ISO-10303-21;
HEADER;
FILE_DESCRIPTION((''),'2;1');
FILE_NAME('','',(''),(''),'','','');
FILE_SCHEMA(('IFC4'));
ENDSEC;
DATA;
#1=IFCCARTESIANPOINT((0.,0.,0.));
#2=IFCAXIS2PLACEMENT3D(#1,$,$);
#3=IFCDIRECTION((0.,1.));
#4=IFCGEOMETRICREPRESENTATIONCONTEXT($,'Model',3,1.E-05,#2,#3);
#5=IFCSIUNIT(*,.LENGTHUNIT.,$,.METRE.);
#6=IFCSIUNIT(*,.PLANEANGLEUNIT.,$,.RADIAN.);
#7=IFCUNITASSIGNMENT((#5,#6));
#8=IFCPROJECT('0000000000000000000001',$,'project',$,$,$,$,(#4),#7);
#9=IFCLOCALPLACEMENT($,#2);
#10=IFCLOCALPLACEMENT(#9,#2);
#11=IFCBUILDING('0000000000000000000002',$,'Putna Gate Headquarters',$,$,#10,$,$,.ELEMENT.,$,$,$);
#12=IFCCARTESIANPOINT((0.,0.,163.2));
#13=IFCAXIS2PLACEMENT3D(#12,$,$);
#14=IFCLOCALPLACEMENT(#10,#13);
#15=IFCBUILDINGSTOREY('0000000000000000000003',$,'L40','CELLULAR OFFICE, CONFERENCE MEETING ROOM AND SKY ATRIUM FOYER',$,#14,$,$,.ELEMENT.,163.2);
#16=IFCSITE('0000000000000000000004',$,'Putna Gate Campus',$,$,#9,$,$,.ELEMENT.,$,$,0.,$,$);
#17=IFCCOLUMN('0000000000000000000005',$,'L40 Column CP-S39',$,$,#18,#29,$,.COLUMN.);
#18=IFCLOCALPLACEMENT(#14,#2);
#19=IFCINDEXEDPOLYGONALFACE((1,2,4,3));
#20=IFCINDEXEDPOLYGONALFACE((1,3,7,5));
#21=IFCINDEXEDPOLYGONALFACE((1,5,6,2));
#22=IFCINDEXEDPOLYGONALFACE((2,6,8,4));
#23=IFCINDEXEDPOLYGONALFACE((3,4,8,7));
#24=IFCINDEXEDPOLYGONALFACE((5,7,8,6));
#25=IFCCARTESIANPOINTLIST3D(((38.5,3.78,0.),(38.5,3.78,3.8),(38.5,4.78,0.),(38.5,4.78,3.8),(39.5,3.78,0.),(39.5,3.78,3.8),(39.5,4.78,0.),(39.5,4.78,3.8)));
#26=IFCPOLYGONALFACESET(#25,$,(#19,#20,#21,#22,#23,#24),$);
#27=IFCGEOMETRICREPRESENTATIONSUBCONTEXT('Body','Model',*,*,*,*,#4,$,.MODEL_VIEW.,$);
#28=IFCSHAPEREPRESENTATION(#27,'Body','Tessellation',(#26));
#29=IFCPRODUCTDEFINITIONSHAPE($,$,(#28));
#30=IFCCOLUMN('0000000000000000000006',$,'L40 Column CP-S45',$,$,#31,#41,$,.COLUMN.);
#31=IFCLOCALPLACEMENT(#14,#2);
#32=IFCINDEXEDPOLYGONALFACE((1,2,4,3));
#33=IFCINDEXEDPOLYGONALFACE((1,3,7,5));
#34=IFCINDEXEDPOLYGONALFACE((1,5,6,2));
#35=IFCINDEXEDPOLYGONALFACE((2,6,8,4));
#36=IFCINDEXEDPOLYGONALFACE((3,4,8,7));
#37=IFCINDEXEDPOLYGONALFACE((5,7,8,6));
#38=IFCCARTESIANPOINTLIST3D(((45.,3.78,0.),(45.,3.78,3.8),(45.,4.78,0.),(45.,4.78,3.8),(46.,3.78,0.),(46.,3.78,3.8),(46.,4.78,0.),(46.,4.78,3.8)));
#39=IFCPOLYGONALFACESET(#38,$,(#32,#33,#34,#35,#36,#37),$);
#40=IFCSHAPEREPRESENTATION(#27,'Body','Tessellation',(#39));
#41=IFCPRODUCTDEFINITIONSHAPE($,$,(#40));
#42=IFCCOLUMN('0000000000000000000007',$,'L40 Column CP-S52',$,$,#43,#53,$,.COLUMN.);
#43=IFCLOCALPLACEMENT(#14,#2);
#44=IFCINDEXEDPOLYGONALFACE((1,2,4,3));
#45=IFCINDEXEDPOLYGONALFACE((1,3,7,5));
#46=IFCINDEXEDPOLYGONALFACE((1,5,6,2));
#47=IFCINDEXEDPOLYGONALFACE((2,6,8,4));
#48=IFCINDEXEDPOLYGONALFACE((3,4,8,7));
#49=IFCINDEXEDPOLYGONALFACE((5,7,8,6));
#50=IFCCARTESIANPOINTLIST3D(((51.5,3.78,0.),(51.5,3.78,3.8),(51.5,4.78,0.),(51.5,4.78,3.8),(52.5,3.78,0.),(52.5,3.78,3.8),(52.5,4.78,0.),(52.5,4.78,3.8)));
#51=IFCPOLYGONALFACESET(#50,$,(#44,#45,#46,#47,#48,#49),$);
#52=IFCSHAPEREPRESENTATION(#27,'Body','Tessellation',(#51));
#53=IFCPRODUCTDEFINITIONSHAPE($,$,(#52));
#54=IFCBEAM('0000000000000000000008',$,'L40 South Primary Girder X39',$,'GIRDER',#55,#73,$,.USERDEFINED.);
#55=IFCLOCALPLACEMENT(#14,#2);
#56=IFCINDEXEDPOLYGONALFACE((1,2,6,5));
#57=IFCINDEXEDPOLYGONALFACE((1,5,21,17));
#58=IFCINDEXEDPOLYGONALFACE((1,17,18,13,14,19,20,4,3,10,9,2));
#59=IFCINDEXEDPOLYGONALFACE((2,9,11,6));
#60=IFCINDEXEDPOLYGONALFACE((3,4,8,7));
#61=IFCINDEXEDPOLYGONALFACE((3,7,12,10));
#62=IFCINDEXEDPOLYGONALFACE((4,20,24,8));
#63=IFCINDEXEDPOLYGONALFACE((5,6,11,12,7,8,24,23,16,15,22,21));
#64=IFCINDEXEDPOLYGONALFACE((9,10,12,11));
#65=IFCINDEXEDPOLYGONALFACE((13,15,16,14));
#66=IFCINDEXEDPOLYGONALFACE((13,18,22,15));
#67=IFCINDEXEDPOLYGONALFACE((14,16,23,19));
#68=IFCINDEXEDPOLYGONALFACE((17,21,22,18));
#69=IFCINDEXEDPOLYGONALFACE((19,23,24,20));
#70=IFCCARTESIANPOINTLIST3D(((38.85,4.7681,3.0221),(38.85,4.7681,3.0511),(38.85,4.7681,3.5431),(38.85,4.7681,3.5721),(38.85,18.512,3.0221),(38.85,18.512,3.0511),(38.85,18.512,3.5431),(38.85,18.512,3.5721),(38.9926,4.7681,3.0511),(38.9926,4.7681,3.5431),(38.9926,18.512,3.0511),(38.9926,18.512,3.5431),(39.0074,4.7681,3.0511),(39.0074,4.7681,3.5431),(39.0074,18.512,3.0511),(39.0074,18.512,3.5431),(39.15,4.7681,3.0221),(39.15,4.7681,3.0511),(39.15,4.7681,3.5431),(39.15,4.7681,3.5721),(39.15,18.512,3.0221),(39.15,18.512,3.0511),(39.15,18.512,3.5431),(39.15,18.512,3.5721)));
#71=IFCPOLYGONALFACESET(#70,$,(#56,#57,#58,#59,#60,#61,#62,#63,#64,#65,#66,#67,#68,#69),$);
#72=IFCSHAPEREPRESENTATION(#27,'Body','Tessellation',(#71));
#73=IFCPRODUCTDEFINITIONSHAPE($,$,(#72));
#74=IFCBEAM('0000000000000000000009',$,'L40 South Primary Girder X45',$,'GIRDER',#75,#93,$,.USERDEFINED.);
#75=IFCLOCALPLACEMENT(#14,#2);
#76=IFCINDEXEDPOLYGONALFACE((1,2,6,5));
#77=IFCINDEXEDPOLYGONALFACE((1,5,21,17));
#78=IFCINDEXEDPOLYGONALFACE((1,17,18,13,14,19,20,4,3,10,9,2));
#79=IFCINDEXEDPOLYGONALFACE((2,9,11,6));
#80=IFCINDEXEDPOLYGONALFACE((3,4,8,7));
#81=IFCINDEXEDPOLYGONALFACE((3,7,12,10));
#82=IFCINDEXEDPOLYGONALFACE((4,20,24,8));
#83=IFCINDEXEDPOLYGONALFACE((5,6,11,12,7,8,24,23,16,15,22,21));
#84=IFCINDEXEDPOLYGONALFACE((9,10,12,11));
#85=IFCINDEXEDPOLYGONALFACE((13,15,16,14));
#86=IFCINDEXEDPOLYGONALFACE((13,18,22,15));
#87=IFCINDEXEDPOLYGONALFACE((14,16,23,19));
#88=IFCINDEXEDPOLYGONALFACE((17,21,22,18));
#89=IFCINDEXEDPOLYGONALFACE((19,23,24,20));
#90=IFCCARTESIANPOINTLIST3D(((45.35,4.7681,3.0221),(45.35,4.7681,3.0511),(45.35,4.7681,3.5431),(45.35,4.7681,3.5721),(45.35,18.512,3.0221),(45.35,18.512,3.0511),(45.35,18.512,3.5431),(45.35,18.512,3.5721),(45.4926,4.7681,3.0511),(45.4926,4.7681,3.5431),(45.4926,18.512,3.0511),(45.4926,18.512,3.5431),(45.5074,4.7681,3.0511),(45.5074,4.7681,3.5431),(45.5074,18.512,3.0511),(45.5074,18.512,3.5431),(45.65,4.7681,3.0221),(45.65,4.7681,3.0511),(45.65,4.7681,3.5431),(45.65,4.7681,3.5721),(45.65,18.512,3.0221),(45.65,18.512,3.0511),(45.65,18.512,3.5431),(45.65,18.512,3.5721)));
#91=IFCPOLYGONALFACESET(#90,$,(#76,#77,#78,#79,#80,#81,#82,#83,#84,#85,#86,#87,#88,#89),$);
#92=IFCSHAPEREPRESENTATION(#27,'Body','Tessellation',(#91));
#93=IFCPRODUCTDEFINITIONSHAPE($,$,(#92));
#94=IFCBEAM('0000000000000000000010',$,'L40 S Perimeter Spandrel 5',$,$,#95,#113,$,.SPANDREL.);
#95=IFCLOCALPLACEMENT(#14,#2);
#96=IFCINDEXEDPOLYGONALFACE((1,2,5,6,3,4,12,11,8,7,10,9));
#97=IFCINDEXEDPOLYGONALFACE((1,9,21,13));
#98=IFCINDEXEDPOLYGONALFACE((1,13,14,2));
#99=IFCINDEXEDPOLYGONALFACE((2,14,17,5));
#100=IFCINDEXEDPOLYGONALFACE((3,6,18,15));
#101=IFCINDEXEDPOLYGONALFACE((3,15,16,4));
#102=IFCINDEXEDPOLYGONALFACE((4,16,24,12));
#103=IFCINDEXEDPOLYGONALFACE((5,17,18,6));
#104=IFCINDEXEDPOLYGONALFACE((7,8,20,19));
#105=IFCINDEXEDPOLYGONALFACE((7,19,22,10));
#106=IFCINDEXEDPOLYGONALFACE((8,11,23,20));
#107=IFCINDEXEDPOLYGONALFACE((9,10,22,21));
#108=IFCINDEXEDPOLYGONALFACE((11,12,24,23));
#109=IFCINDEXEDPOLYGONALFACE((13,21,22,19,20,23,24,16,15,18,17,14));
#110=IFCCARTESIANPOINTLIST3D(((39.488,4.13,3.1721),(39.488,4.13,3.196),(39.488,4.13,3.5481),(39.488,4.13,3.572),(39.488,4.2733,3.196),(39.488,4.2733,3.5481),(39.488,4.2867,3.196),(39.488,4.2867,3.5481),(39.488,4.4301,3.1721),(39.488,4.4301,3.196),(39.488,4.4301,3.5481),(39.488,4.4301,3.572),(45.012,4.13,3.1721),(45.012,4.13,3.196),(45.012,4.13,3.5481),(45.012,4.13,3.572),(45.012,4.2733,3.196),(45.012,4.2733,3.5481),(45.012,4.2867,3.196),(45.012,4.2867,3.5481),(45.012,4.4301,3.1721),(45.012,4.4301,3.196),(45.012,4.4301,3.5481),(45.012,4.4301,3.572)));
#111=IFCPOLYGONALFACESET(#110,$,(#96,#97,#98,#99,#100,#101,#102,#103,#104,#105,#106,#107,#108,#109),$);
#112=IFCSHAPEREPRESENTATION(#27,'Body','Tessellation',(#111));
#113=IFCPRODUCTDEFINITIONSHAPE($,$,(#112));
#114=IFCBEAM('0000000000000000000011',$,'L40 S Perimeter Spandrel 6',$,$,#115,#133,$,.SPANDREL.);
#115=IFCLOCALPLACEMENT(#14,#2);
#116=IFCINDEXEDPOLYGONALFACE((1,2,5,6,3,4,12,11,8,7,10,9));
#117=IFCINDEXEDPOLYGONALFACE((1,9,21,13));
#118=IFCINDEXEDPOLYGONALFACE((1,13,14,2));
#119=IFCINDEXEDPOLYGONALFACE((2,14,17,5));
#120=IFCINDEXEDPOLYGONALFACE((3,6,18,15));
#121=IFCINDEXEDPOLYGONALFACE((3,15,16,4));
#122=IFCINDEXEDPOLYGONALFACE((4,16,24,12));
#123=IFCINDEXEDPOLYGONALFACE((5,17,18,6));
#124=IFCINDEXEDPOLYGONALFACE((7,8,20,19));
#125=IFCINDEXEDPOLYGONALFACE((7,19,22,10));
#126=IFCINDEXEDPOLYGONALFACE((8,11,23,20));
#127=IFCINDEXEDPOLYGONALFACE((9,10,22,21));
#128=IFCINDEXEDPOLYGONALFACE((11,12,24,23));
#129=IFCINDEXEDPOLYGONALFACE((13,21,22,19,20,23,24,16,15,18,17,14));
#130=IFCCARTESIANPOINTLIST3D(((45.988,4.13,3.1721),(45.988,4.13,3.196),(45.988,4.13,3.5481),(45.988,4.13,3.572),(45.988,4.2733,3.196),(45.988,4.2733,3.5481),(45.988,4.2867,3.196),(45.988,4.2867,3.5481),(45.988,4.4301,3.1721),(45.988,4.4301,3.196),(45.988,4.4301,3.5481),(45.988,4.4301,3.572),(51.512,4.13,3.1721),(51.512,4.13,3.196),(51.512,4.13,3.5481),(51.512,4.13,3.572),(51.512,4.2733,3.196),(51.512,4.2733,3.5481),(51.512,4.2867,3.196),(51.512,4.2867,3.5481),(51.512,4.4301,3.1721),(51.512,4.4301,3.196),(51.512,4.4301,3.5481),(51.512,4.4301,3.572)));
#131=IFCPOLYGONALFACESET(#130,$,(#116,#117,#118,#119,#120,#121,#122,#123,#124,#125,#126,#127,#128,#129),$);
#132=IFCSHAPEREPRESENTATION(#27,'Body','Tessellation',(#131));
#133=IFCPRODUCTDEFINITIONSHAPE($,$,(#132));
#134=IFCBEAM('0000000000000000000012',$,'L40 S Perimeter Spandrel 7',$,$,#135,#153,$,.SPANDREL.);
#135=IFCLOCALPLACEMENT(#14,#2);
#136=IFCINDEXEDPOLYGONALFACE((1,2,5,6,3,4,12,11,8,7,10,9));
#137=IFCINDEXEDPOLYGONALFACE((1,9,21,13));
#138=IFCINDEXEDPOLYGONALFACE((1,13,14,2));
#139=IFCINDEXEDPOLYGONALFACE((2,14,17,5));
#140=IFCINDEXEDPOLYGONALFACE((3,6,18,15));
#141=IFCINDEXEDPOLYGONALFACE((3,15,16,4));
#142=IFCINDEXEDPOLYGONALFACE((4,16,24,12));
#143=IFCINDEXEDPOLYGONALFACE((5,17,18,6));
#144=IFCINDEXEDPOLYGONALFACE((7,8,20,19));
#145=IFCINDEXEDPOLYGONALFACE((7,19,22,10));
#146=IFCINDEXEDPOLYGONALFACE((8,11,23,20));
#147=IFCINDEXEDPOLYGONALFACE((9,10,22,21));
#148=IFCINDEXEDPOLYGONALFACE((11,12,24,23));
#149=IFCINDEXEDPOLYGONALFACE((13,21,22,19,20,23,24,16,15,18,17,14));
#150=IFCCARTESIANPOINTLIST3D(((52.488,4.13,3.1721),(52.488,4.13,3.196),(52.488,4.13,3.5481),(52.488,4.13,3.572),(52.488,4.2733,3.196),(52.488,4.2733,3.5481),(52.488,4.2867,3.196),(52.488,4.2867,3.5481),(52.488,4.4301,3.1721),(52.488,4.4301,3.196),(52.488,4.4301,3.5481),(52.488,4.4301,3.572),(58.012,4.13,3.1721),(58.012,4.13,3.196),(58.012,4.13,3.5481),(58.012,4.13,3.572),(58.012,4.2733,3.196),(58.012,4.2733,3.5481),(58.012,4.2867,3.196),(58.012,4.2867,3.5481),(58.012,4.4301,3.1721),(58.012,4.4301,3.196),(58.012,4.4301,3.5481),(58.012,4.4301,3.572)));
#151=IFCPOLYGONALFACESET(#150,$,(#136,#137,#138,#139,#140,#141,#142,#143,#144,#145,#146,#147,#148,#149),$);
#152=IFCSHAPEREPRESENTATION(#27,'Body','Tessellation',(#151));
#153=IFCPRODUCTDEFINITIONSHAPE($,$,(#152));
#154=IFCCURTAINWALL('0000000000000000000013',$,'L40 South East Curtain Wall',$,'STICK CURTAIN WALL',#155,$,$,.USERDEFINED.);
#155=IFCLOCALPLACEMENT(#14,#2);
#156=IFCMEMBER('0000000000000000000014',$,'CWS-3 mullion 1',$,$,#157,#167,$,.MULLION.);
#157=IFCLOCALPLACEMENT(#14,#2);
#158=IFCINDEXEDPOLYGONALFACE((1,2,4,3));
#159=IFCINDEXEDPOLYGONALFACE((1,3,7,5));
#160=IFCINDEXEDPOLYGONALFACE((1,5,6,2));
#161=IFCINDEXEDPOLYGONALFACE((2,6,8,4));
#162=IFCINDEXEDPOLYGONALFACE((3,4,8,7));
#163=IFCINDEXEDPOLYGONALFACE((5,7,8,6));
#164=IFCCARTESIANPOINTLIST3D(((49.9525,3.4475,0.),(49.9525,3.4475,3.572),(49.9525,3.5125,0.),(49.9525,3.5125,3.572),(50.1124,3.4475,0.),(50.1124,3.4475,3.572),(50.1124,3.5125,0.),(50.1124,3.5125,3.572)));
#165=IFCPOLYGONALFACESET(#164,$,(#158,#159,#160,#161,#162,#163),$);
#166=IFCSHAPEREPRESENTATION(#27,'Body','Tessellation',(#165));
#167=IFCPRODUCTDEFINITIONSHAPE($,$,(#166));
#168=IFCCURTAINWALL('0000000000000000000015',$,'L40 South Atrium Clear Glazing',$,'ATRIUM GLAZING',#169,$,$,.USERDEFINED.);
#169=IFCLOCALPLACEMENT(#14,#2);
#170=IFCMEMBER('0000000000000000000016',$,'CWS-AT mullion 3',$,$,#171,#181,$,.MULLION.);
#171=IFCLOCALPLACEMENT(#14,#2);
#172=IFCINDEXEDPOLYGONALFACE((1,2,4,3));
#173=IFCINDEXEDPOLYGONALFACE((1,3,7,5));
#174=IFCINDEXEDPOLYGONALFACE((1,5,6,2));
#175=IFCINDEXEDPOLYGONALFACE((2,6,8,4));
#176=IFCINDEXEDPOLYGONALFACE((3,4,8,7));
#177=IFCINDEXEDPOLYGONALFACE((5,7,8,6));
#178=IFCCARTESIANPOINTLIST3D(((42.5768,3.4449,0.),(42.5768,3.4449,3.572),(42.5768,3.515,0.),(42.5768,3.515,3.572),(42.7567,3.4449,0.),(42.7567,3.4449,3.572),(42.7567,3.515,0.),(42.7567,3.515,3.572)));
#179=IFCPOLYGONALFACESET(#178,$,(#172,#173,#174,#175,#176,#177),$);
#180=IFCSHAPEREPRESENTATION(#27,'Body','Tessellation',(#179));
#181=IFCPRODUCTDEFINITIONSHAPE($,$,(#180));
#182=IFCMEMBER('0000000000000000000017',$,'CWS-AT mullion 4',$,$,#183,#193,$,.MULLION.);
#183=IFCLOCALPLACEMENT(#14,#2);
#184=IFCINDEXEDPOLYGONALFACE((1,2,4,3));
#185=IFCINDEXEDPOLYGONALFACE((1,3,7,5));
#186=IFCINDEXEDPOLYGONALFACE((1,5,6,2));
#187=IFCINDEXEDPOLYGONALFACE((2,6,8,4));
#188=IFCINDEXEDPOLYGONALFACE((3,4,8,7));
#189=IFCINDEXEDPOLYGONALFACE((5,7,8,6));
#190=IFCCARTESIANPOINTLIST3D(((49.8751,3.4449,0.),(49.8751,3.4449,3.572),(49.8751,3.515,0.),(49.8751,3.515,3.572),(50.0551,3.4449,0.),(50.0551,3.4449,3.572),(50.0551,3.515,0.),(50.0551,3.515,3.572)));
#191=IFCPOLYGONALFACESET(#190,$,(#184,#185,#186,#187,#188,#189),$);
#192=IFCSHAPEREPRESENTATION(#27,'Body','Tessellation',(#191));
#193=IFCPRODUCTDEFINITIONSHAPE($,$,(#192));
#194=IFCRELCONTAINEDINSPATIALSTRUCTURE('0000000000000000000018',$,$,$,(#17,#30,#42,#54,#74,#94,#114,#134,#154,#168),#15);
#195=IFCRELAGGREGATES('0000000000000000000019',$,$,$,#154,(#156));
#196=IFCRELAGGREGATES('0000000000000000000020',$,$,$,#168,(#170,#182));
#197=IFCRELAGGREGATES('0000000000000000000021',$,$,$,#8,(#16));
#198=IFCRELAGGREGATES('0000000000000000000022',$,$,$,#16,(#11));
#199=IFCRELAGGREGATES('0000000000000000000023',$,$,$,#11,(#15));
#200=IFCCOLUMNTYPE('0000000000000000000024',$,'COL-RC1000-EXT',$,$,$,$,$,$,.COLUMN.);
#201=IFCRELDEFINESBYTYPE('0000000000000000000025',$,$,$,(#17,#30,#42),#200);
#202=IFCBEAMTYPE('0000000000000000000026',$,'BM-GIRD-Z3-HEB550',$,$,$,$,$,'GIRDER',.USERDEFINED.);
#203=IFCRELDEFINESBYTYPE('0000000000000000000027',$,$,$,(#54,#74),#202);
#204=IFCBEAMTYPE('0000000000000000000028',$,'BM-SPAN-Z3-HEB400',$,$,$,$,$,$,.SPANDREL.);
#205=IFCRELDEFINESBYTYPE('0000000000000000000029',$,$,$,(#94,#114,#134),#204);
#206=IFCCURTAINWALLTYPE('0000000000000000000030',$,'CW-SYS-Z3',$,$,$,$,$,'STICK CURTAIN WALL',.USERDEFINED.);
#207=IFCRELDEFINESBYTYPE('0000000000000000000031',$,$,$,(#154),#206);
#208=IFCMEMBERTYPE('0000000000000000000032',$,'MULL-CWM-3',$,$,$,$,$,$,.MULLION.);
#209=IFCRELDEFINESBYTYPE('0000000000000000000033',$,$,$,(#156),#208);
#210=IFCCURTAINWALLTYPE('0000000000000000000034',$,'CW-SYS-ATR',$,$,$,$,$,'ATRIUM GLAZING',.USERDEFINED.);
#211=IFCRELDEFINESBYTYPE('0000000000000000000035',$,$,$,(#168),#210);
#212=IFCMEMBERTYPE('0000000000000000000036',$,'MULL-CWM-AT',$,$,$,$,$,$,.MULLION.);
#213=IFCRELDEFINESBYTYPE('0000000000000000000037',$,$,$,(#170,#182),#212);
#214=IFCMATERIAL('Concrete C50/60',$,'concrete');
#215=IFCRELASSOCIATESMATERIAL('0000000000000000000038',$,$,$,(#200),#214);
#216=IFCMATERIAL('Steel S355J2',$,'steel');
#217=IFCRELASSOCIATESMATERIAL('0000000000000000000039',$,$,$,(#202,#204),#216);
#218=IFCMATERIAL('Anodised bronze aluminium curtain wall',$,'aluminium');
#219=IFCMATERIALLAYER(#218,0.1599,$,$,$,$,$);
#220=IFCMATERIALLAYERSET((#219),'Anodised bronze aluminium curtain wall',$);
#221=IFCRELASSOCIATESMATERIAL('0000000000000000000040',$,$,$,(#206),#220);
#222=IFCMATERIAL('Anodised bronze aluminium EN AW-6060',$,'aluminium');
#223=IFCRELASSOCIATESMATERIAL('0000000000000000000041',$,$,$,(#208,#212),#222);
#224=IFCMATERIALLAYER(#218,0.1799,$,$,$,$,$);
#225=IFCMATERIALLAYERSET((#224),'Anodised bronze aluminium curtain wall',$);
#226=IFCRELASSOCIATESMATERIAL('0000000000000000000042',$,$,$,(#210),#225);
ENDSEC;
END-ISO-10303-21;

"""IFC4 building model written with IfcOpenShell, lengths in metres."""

from ifc_helpers import new_model, si_unit, direction, frame, origin, origin_2d, place, context, subcontext, project, spatial, rectangle, i_section, extrude, material, layer, layer_set, material_profile, profile_set, type_object, element, aggregate, save


model = new_model("IFC4")

# Units and contexts
model_context = context("Model", 3, precision=1e-05, world=origin(), true_north=direction((0.0, 1.0)))
body_context = subcontext(model_context, "Body", "Model", "MODEL_VIEW")
ifc_project = project(units=[si_unit("LENGTHUNIT", "METRE"), si_unit("PLANEANGLEUNIT", "RADIAN")], contexts=[model_context])

# Site, building, storey
site_placement = place(None, origin())
site = spatial("IfcSite", under=ifc_project, at=site_placement, Name="Putna Gate Campus", CompositionType="ELEMENT", RefElevation=0.0)
building_placement = place(site_placement, origin())
building = spatial("IfcBuilding", under=site, at=building_placement, Name="Putna Gate Headquarters", CompositionType="ELEMENT")
storey_placement = place(building_placement, frame((0.0, 0.0, 163.2)))
storey = spatial("IfcBuildingStorey", under=building, at=storey_placement, Name="L40", Description="CELLULAR OFFICE, CONFERENCE MEETING ROOM AND SKY ATRIUM FOYER", CompositionType="ELEMENT", Elevation=163.2)

# Columns
ifc_material_1 = material(Name="Concrete C50/60", Category="concrete")
ifc_material_profile_1 = material_profile(ifc_material_1, rectangle(XDim=1.0, YDim=1.0, at=origin_2d()), Name="Concrete C50/60")
ifc_profile_set_1 = profile_set([ifc_material_profile_1], Name="Concrete C50/60")
column_type = type_object("IfcColumnType", Name="COL-RC1000-EXT", PredefinedType="COLUMN", material=ifc_profile_set_1)
for number, where, z_axis, x_axis, name in (
    (1, (39.0, 4.28, 0.0), (0.0, 0.0, 1.0), (1.0, 0.0, 0.0), "L40 Column CP-S39"),
    (2, (45.5, 4.28, 0.0), (0.0, 0.0, 1.0), (1.0, 0.0, 0.0), "L40 Column CP-S45"),
    (3, (52.0, 4.28, 0.0), (0.0, 0.0, 1.0), (1.0, 0.0, 0.0), "L40 Column CP-S52"),
):
    element("IfcColumn", number, at=place(storey_placement, frame(where, z_axis=z_axis, x_axis=x_axis)), inside=storey, type_object=column_type, Name=name, PredefinedType="COLUMN", context=body_context, shape_type="SweptSolid", body=[
        extrude(rectangle(XDim=1.0, YDim=1.0, at=origin_2d()), origin(), (0.0, 0.0, 1.0), 3.8),
    ])

# Beams
ifc_material_2 = material(Name="Steel S355J2", Category="steel")
ifc_material_profile_2 = material_profile(ifc_material_2, i_section(OverallWidth=0.3, OverallDepth=0.55, WebThickness=0.0149, FlangeThickness=0.0291, at=origin_2d()), Name="Steel S355J2")
ifc_profile_set_2 = profile_set([ifc_material_profile_2], Name="Steel S355J2")
beam_type_1 = type_object("IfcBeamType", Name="BM-GIRD-Z3-HEB550", ElementType="GIRDER", PredefinedType="USERDEFINED", material=ifc_profile_set_2)
for number, where, z_axis, x_axis, name in (
    (4, (39.0, 4.7681, 3.2971), (0.0, 1.0, 0.0), (-1.0, 0.0, 0.0), "L40 South Primary Girder X39"),
    (5, (45.5, 4.7681, 3.2971), (0.0, 1.0, 0.0), (-1.0, 0.0, 0.0), "L40 South Primary Girder X45"),
):
    element("IfcBeam", number, at=place(storey_placement, frame(where, z_axis=z_axis, x_axis=x_axis)), inside=storey, type_object=beam_type_1, Name=name, ObjectType="GIRDER", PredefinedType="USERDEFINED", context=body_context, shape_type="SweptSolid", body=[
        extrude(i_section(OverallWidth=0.3, OverallDepth=0.55, WebThickness=0.0149, FlangeThickness=0.0291, at=origin_2d()), origin(), (0.0, 0.0, 1.0), 13.7439),
    ])
ifc_material_profile_3 = material_profile(ifc_material_2, i_section(OverallWidth=0.3, OverallDepth=0.3999, WebThickness=0.0134, FlangeThickness=0.0239, at=origin_2d()), Name="Steel S355J2")
ifc_profile_set_3 = profile_set([ifc_material_profile_3], Name="Steel S355J2")
beam_type_2 = type_object("IfcBeamType", Name="BM-SPAN-Z3-HEB400", PredefinedType="SPANDREL", material=ifc_profile_set_3)
for number, where, z_axis, x_axis, name in (
    (6, (39.488, 4.28, 3.3721), (1.0, 0.0, 0.0), (0.0, 1.0, 0.0), "L40 S Perimeter Spandrel 5"),
    (7, (45.988, 4.28, 3.3721), (1.0, 0.0, 0.0), (0.0, 1.0, 0.0), "L40 S Perimeter Spandrel 6"),
    (8, (52.488, 4.28, 3.3721), (1.0, 0.0, 0.0), (0.0, 1.0, 0.0), "L40 S Perimeter Spandrel 7"),
):
    element("IfcBeam", number, at=place(storey_placement, frame(where, z_axis=z_axis, x_axis=x_axis)), inside=storey, type_object=beam_type_2, Name=name, PredefinedType="SPANDREL", context=body_context, shape_type="SweptSolid", body=[
        extrude(i_section(OverallWidth=0.3, OverallDepth=0.3999, WebThickness=0.0134, FlangeThickness=0.0239, at=origin_2d()), origin(), (0.0, 0.0, 1.0), 5.5239),
    ])

# Curtain wall, member
ifc_material_3 = material(Name="Anodised bronze aluminium curtain wall", Category="aluminium")
ifc_layer_1 = layer(ifc_material_3, 0.1599)
ifc_layer_set_1 = layer_set([ifc_layer_1], Name="Anodised bronze aluminium curtain wall")
curtain_wall_type_1 = type_object("IfcCurtainWallType", Name="CW-SYS-Z3", ElementType="STICK CURTAIN WALL", PredefinedType="USERDEFINED", material=ifc_layer_set_1)
curtain_wall_1_placement = place(storey_placement, origin())
curtain_wall_1 = element("IfcCurtainWall", 9, at=curtain_wall_1_placement, inside=storey, type_object=curtain_wall_type_1, Name="L40 South East Curtain Wall", ObjectType="STICK CURTAIN WALL", PredefinedType="USERDEFINED")
ifc_material_4 = material(Name="Anodised bronze aluminium EN AW-6060", Category="aluminium")
ifc_material_profile_4 = material_profile(ifc_material_4, rectangle(XDim=0.0649, YDim=0.1599, at=origin_2d()), Name="Anodised bronze aluminium EN AW-6060")
ifc_profile_set_4 = profile_set([ifc_material_profile_4], Name="Anodised bronze aluminium EN AW-6060")
member_type_1 = type_object("IfcMemberType", Name="MULL-CWM-3", PredefinedType="MULLION", material=ifc_profile_set_4)
member_1_placement = place(storey_placement, frame((50.0325, 3.48, 0.0), z_axis=(0.0, 0.0, 1.0), x_axis=(0.0, 1.0, 0.0)))
member_1 = element("IfcMember", 10, at=member_1_placement, type_object=member_type_1, Name="CWS-3 mullion 1", PredefinedType="MULLION", context=body_context, shape_type="SweptSolid", body=[
    extrude(rectangle(XDim=0.0649, YDim=0.1599, at=origin_2d()), origin(), (0.0, 0.0, 1.0), 3.572),
])

# Curtain wall, members
ifc_layer_2 = layer(ifc_material_3, 0.1799)
ifc_layer_set_2 = layer_set([ifc_layer_2], Name="Anodised bronze aluminium curtain wall")
curtain_wall_type_2 = type_object("IfcCurtainWallType", Name="CW-SYS-ATR", ElementType="ATRIUM GLAZING", PredefinedType="USERDEFINED", material=ifc_layer_set_2)
curtain_wall_2_placement = place(storey_placement, origin())
curtain_wall_2 = element("IfcCurtainWall", 11, at=curtain_wall_2_placement, inside=storey, type_object=curtain_wall_type_2, Name="L40 South Atrium Clear Glazing", ObjectType="ATRIUM GLAZING", PredefinedType="USERDEFINED")
ifc_material_profile_5 = material_profile(ifc_material_4, rectangle(XDim=0.0701, YDim=0.1799, at=origin_2d()), Name="Anodised bronze aluminium EN AW-6060")
ifc_profile_set_5 = profile_set([ifc_material_profile_5], Name="Anodised bronze aluminium EN AW-6060")
member_type_2 = type_object("IfcMemberType", Name="MULL-CWM-AT", PredefinedType="MULLION", material=ifc_profile_set_5)
member_2_placement = place(storey_placement, frame((42.6667, 3.48, 0.0), z_axis=(0.0, 0.0, 1.0), x_axis=(0.0, 1.0, 0.0)))
member_2 = element("IfcMember", 12, at=member_2_placement, type_object=member_type_2, Name="CWS-AT mullion 3", PredefinedType="MULLION", context=body_context, shape_type="SweptSolid", body=[
    extrude(rectangle(XDim=0.0701, YDim=0.1799, at=origin_2d()), origin(), (0.0, 0.0, 1.0), 3.572),
])
member_3_placement = place(storey_placement, frame((49.9651, 3.48, 0.0), z_axis=(0.0, 0.0, 1.0), x_axis=(0.0, 1.0, 0.0)))
member_3 = element("IfcMember", 13, at=member_3_placement, type_object=member_type_2, Name="CWS-AT mullion 4", PredefinedType="MULLION", context=body_context, shape_type="SweptSolid", body=[
    extrude(rectangle(XDim=0.0701, YDim=0.1799, at=origin_2d()), origin(), (0.0, 0.0, 1.0), 3.572),
])

aggregate(curtain_wall_1, [member_1])
aggregate(curtain_wall_2, [member_2, member_3])

save(model, "model.ifc")
